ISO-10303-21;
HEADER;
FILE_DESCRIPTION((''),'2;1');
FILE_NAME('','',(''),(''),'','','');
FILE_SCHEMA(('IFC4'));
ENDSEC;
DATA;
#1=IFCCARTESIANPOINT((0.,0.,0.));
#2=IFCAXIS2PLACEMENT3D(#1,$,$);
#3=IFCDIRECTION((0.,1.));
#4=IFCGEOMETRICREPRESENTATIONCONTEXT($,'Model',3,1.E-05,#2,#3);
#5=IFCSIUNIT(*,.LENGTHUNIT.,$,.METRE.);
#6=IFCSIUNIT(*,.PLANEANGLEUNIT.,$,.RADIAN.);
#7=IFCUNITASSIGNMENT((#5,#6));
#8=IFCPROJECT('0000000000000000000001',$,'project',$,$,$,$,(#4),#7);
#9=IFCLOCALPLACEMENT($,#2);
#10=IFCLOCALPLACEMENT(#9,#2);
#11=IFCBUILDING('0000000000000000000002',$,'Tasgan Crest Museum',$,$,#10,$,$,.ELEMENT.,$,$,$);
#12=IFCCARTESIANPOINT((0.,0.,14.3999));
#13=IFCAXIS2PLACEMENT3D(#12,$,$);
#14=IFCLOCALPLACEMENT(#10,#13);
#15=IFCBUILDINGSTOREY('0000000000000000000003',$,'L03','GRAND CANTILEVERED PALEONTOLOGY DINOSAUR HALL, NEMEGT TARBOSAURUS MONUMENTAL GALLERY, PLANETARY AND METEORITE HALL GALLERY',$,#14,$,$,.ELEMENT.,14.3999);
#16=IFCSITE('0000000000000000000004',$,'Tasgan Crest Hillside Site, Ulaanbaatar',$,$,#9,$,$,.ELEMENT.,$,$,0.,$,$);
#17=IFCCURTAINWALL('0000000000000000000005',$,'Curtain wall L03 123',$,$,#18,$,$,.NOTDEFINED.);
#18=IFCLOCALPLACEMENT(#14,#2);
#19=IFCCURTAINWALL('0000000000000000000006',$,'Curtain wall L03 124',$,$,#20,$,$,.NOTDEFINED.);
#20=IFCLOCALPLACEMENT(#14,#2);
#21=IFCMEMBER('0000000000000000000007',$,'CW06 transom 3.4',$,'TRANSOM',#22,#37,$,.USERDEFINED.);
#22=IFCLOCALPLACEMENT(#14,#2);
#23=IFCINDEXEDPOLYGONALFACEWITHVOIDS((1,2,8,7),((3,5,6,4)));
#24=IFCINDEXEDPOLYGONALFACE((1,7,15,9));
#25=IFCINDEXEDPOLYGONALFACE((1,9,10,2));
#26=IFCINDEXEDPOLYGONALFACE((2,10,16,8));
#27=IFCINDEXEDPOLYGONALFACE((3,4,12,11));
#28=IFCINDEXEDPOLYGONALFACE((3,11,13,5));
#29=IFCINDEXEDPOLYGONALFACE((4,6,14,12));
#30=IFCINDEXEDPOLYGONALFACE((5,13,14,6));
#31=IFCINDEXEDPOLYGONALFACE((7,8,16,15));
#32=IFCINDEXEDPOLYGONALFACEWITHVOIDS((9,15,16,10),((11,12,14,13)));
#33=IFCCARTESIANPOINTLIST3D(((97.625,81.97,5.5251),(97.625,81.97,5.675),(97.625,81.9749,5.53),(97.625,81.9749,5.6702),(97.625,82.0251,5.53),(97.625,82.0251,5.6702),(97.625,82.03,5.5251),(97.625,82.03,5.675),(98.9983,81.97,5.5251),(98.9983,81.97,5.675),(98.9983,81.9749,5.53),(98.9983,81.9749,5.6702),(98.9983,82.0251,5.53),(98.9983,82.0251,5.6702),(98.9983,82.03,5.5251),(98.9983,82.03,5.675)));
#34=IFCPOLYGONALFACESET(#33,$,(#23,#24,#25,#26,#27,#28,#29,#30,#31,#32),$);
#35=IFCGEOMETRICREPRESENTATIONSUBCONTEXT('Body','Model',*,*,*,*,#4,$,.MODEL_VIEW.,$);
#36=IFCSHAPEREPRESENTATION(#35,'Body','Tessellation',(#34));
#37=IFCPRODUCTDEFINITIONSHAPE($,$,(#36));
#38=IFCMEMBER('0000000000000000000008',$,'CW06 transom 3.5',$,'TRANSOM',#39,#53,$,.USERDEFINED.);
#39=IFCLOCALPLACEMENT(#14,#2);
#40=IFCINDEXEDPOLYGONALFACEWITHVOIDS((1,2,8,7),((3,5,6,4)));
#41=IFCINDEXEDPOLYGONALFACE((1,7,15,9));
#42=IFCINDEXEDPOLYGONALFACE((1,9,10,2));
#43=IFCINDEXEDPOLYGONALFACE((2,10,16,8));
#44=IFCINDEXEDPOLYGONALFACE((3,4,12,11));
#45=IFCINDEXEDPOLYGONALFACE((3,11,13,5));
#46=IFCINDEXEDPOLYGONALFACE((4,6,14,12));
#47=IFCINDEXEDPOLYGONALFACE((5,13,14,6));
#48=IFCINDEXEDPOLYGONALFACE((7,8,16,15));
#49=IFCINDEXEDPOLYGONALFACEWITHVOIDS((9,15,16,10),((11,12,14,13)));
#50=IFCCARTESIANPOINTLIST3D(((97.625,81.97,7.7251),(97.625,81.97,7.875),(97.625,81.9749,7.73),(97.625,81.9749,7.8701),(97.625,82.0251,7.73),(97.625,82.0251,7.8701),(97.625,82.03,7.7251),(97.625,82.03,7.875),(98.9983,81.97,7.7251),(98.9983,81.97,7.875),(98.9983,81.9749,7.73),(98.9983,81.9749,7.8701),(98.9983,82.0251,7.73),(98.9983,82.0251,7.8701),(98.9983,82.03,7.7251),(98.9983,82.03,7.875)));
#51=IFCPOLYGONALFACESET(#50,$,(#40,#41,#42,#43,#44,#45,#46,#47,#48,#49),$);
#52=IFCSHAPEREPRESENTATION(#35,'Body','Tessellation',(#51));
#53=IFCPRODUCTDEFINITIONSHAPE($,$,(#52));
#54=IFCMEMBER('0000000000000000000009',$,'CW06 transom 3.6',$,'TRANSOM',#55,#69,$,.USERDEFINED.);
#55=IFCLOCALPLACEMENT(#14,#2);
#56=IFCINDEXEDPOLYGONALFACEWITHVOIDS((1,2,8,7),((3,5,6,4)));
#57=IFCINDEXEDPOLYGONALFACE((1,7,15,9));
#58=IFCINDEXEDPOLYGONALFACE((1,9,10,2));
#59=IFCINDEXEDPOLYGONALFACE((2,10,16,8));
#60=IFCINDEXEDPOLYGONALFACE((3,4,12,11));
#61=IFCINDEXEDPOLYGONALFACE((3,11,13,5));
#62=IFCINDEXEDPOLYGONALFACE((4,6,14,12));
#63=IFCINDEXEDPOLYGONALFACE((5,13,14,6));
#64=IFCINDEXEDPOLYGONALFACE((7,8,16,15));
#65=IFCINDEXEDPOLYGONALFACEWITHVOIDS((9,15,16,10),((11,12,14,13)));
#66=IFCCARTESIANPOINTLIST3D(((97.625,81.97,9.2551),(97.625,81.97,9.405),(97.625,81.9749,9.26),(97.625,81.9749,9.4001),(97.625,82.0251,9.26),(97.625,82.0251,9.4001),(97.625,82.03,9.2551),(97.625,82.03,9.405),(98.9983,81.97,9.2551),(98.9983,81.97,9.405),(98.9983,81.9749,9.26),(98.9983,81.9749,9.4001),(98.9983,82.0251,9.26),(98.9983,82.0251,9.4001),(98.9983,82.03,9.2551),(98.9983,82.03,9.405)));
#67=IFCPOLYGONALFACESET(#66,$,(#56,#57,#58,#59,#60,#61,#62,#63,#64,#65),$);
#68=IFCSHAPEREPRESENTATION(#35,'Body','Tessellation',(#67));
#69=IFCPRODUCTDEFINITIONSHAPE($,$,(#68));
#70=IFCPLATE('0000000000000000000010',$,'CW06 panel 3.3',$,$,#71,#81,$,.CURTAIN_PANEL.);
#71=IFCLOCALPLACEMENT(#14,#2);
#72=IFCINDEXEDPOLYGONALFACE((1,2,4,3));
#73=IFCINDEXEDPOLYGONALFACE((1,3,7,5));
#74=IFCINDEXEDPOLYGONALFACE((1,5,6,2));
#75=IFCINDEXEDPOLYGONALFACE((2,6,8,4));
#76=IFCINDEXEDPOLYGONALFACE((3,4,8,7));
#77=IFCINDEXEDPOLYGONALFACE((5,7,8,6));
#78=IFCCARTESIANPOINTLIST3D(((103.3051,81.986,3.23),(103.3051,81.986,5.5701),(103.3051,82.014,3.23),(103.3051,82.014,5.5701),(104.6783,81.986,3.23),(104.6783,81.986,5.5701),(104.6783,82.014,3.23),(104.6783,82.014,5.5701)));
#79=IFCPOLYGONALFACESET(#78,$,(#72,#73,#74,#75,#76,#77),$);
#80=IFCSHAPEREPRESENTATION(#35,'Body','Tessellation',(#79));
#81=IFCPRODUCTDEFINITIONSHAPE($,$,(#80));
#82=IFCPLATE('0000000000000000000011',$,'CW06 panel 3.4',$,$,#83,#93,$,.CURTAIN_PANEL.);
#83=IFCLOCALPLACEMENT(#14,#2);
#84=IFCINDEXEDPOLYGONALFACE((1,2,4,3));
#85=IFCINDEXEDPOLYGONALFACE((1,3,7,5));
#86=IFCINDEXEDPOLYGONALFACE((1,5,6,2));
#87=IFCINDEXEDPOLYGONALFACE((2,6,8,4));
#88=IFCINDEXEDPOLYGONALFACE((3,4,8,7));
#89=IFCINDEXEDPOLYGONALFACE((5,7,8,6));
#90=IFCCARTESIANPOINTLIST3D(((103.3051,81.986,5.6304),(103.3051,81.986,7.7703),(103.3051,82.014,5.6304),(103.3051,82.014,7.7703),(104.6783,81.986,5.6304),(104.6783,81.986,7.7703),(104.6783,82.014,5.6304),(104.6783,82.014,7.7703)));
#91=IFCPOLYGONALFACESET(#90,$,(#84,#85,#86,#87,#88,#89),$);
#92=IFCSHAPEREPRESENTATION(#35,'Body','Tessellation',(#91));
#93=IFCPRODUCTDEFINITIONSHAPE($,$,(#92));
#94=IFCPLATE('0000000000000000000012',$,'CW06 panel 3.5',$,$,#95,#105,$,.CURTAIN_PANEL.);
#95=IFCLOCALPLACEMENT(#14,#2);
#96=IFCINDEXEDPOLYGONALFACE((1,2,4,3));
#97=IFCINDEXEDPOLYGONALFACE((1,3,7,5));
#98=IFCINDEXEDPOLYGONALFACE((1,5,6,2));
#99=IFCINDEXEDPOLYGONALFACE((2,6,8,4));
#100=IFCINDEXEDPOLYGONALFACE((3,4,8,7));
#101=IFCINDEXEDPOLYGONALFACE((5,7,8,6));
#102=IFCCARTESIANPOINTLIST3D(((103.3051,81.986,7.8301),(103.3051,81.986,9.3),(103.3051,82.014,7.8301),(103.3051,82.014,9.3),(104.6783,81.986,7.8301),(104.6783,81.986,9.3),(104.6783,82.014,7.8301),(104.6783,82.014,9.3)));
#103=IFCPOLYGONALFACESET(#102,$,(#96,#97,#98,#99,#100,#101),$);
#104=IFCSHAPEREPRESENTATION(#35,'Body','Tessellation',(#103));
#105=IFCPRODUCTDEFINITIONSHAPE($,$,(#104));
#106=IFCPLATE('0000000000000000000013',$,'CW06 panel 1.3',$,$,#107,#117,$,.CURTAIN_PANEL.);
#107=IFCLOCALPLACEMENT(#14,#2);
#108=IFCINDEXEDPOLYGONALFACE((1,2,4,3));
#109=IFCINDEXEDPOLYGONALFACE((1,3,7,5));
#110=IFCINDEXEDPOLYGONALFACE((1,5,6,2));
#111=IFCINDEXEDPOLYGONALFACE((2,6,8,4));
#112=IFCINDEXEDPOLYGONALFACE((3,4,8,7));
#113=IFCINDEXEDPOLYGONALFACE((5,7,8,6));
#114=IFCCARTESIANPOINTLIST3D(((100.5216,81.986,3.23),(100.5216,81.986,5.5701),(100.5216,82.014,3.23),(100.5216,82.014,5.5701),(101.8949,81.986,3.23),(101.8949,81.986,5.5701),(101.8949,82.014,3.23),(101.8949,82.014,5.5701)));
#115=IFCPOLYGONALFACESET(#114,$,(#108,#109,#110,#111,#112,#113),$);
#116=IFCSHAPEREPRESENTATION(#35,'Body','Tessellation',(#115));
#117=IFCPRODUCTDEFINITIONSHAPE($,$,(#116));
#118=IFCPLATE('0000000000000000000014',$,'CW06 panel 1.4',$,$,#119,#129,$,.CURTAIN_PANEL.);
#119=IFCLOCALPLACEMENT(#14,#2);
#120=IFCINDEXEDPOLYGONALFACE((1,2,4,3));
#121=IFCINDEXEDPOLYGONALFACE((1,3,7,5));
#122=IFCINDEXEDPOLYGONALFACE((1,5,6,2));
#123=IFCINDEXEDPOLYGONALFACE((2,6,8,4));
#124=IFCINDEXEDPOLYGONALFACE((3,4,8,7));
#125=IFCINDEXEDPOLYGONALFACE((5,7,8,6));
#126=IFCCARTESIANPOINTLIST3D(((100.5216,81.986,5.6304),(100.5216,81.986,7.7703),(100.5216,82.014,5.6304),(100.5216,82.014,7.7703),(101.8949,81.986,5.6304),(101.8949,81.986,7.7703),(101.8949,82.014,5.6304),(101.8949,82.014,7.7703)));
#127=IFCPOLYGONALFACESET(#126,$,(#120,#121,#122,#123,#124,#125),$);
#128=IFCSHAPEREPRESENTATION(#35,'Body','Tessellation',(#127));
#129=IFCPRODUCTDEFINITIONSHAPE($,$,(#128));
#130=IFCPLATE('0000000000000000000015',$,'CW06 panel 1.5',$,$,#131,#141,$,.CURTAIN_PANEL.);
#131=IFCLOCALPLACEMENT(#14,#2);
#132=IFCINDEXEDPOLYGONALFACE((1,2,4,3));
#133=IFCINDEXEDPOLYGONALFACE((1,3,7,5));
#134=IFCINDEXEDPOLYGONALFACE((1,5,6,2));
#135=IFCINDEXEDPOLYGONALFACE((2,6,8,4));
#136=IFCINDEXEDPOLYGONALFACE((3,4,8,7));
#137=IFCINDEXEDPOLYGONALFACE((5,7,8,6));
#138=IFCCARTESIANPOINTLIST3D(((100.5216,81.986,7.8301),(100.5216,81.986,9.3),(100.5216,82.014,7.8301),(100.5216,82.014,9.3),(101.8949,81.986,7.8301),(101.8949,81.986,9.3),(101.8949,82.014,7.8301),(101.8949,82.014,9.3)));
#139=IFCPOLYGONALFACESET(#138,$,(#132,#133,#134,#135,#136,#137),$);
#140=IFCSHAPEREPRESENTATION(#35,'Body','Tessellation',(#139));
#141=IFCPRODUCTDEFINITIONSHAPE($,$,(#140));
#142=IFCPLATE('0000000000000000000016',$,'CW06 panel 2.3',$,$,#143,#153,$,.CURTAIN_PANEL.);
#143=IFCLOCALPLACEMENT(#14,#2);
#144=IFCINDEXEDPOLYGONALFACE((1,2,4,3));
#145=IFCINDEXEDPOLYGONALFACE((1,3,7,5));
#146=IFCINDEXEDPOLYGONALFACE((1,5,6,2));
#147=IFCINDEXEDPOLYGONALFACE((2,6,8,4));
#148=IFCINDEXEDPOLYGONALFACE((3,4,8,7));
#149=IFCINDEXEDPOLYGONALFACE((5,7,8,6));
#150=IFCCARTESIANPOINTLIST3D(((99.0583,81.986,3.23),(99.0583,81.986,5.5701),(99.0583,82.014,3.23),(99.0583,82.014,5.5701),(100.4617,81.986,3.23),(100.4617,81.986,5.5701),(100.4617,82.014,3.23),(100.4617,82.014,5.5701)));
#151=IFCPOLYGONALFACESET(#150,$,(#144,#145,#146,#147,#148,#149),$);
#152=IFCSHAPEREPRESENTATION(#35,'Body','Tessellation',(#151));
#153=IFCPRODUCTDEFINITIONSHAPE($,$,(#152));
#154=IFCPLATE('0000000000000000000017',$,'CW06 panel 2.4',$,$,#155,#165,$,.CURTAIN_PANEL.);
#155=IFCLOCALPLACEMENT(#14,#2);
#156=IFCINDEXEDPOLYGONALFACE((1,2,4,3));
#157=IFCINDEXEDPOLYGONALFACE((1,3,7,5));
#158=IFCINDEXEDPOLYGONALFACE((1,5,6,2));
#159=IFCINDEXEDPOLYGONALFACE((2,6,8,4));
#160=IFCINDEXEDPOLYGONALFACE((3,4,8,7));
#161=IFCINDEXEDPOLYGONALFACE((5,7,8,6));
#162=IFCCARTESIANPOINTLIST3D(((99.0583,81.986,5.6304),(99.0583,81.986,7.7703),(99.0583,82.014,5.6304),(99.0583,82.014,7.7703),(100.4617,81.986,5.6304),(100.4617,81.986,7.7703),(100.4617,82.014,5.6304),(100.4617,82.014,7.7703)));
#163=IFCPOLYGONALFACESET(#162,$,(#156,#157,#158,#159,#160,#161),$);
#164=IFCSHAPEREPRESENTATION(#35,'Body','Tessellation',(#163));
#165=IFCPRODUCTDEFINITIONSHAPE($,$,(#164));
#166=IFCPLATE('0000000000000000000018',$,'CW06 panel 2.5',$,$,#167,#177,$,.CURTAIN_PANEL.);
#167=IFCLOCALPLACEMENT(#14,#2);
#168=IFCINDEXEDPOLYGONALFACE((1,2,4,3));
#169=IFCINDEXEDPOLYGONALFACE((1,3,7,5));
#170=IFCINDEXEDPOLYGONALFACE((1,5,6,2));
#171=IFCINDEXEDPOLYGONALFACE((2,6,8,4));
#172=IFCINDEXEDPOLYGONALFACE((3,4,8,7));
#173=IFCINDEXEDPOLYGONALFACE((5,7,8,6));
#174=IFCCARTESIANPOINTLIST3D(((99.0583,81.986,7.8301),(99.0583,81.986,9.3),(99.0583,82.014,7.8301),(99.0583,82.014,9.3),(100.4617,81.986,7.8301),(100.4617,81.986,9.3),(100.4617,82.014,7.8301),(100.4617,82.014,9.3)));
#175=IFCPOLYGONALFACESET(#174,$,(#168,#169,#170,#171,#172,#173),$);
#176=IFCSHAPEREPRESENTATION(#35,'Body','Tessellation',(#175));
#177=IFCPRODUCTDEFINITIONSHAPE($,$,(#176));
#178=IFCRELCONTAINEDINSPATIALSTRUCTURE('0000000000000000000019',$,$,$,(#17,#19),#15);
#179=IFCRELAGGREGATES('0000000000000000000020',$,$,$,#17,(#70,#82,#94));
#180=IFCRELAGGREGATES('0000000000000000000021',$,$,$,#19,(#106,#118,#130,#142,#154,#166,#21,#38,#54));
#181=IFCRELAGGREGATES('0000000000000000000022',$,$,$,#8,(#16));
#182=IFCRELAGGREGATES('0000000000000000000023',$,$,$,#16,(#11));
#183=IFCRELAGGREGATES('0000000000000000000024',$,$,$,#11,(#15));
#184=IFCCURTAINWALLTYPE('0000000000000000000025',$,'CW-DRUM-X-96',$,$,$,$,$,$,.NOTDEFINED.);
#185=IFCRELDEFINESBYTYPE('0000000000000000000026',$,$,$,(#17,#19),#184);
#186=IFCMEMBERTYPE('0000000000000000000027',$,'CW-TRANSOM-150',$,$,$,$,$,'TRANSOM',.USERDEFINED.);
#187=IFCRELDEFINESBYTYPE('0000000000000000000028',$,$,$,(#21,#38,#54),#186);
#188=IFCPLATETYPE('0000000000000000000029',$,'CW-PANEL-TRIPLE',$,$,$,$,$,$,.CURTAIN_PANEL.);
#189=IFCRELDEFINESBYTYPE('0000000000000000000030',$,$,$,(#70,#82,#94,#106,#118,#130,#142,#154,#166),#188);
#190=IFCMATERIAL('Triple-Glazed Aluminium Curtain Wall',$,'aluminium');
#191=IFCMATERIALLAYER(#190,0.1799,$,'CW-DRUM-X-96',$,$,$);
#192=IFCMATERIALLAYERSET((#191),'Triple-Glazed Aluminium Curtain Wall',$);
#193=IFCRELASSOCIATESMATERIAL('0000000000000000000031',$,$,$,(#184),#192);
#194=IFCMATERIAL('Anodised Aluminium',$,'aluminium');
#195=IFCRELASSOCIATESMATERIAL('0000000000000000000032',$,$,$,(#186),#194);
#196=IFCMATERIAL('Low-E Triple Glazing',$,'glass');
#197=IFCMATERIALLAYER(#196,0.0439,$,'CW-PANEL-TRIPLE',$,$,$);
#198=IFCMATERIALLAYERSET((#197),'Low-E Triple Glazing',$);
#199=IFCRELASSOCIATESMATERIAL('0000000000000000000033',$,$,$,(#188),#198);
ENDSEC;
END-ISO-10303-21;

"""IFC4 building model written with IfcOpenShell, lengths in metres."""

from ifc_helpers import new_model, si_unit, direction, frame, origin, origin_2d, place, context, subcontext, project, spatial, rectangle, hollow_rectangle, extrude, material, layer, layer_set, material_profile, profile_set, type_object, element, aggregate, save


model = new_model("IFC4")

# Units and contexts
model_context = context("Model", 3, precision=1e-05, world=origin(), true_north=direction((0.0, 1.0)))
body_context = subcontext(model_context, "Body", "Model", "MODEL_VIEW")
ifc_project = project(units=[si_unit("LENGTHUNIT", "METRE"), si_unit("PLANEANGLEUNIT", "RADIAN")], contexts=[model_context])

# Site, building, storey
site_placement = place(None, origin())
site = spatial("IfcSite", under=ifc_project, at=site_placement, Name="Tasgan Crest Hillside Site, Ulaanbaatar", CompositionType="ELEMENT", RefElevation=0.0)
building_placement = place(site_placement, origin())
building = spatial("IfcBuilding", under=site, at=building_placement, Name="Tasgan Crest Museum", CompositionType="ELEMENT")
storey_placement = place(building_placement, frame((0.0, 0.0, 14.3999)))
storey = spatial("IfcBuildingStorey", under=building, at=storey_placement, Name="L03", Description="GRAND CANTILEVERED PALEONTOLOGY DINOSAUR HALL, NEMEGT TARBOSAURUS MONUMENTAL GALLERY, PLANETARY AND METEORITE HALL GALLERY", CompositionType="ELEMENT", Elevation=14.3999)

# Curtain walls, members
ifc_material_1 = material(Name="Triple-Glazed Aluminium Curtain Wall", Category="aluminium")
ifc_layer_1 = layer(ifc_material_1, 0.1799, Name="CW-DRUM-X-96")
ifc_layer_set_1 = layer_set([ifc_layer_1], Name="Triple-Glazed Aluminium Curtain Wall")
curtain_wall_type = type_object("IfcCurtainWallType", Name="CW-DRUM-X-96", PredefinedType="NOTDEFINED", material=ifc_layer_set_1)
curtain_wall_1_placement = place(storey_placement, origin())
curtain_wall_1 = element("IfcCurtainWall", 1, at=curtain_wall_1_placement, inside=storey, type_object=curtain_wall_type, Name="Curtain wall L03 123", PredefinedType="NOTDEFINED")
ifc_material_2 = material(Name="Anodised Aluminium", Category="aluminium")
ifc_material_profile = material_profile(ifc_material_2, hollow_rectangle(XDim=0.0601, YDim=0.1499, WallThickness=0.0049, at=origin_2d()), Name="ALU TRANSOM 150x60x5")
ifc_profile_set = profile_set([ifc_material_profile], Name="Anodised Aluminium")
member_type = type_object("IfcMemberType", Name="CW-TRANSOM-150", ElementType="TRANSOM", PredefinedType="USERDEFINED", material=ifc_profile_set)
curtain_wall_2_placement = place(storey_placement, origin())
curtain_wall_2 = element("IfcCurtainWall", 2, at=curtain_wall_2_placement, inside=storey, type_object=curtain_wall_type, Name="Curtain wall L03 124", PredefinedType="NOTDEFINED")
member_1_placement = place(storey_placement, frame((98.9983, 82.0, 5.6001), z_axis=(-1.0, 0.0, 0.0), x_axis=(0.0, -1.0, 0.0)))
member_1 = element("IfcMember", 3, at=member_1_placement, type_object=member_type, Name="CW06 transom 3.4", ObjectType="TRANSOM", PredefinedType="USERDEFINED", context=body_context, shape_type="SweptSolid", body=[
    extrude(hollow_rectangle(XDim=0.0601, YDim=0.1499, WallThickness=0.0049, at=origin_2d()), origin(), (0.0, 0.0, 1.0), 1.3733),
])
member_2_placement = place(storey_placement, frame((98.9983, 82.0, 7.8), z_axis=(-1.0, 0.0, 0.0), x_axis=(0.0, -1.0, 0.0)))
member_2 = element("IfcMember", 4, at=member_2_placement, type_object=member_type, Name="CW06 transom 3.5", ObjectType="TRANSOM", PredefinedType="USERDEFINED", context=body_context, shape_type="SweptSolid", body=[
    extrude(hollow_rectangle(XDim=0.0601, YDim=0.1499, WallThickness=0.0049, at=origin_2d()), origin(), (0.0, 0.0, 1.0), 1.3733),
])
member_3_placement = place(storey_placement, frame((98.9983, 82.0, 9.3301), z_axis=(-1.0, 0.0, 0.0), x_axis=(0.0, -1.0, 0.0)))
member_3 = element("IfcMember", 5, at=member_3_placement, type_object=member_type, Name="CW06 transom 3.6", ObjectType="TRANSOM", PredefinedType="USERDEFINED", context=body_context, shape_type="SweptSolid", body=[
    extrude(hollow_rectangle(XDim=0.0601, YDim=0.1499, WallThickness=0.0049, at=origin_2d()), origin(), (0.0, 0.0, 1.0), 1.3733),
])

# Plates
ifc_material_3 = material(Name="Low-E Triple Glazing", Category="glass")
ifc_layer_2 = layer(ifc_material_3, 0.0439, Name="CW-PANEL-TRIPLE")
ifc_layer_set_2 = layer_set([ifc_layer_2], Name="Low-E Triple Glazing")
plate_type = type_object("IfcPlateType", Name="CW-PANEL-TRIPLE", PredefinedType="CURTAIN_PANEL", material=ifc_layer_set_2)
plate_1_placement = place(storey_placement, frame((103.9917, 82.0, 3.23), z_axis=(0.0, 0.0, 1.0), x_axis=(-1.0, 0.0, 0.0)))
plate_1 = element("IfcPlate", 6, at=plate_1_placement, type_object=plate_type, Name="CW06 panel 3.3", PredefinedType="CURTAIN_PANEL", context=body_context, shape_type="SweptSolid", body=[
    extrude(rectangle(XDim=1.3733, YDim=0.0281, at=origin_2d()), origin(), (0.0, 0.0, 1.0), 2.3401),
])
plate_2_placement = place(storey_placement, frame((103.9917, 82.0, 5.6304), z_axis=(0.0, 0.0, 1.0), x_axis=(-1.0, 0.0, 0.0)))
plate_2 = element("IfcPlate", 7, at=plate_2_placement, type_object=plate_type, Name="CW06 panel 3.4", PredefinedType="CURTAIN_PANEL", context=body_context, shape_type="SweptSolid", body=[
    extrude(rectangle(XDim=1.3733, YDim=0.0281, at=origin_2d()), origin(), (0.0, 0.0, 1.0), 2.1399),
])
plate_3_placement = place(storey_placement, frame((103.9917, 82.0, 7.8301), z_axis=(0.0, 0.0, 1.0), x_axis=(-1.0, 0.0, 0.0)))
plate_3 = element("IfcPlate", 8, at=plate_3_placement, type_object=plate_type, Name="CW06 panel 3.5", PredefinedType="CURTAIN_PANEL", context=body_context, shape_type="SweptSolid", body=[
    extrude(rectangle(XDim=1.3733, YDim=0.0281, at=origin_2d()), origin(), (0.0, 0.0, 1.0), 1.47),
])
aggregate(curtain_wall_1, [plate_1, plate_2, plate_3])
plate_4_placement = place(storey_placement, frame((101.2083, 82.0, 3.23), z_axis=(0.0, 0.0, 1.0), x_axis=(-1.0, 0.0, 0.0)))
plate_4 = element("IfcPlate", 9, at=plate_4_placement, type_object=plate_type, Name="CW06 panel 1.3", PredefinedType="CURTAIN_PANEL", context=body_context, shape_type="SweptSolid", body=[
    extrude(rectangle(XDim=1.3733, YDim=0.0281, at=origin_2d()), origin(), (0.0, 0.0, 1.0), 2.3401),
])
plate_5_placement = place(storey_placement, frame((101.2083, 82.0, 5.6304), z_axis=(0.0, 0.0, 1.0), x_axis=(-1.0, 0.0, 0.0)))
plate_5 = element("IfcPlate", 10, at=plate_5_placement, type_object=plate_type, Name="CW06 panel 1.4", PredefinedType="CURTAIN_PANEL", context=body_context, shape_type="SweptSolid", body=[
    extrude(rectangle(XDim=1.3733, YDim=0.0281, at=origin_2d()), origin(), (0.0, 0.0, 1.0), 2.1399),
])
plate_6_placement = place(storey_placement, frame((101.2083, 82.0, 7.8301), z_axis=(0.0, 0.0, 1.0), x_axis=(-1.0, 0.0, 0.0)))
plate_6 = element("IfcPlate", 11, at=plate_6_placement, type_object=plate_type, Name="CW06 panel 1.5", PredefinedType="CURTAIN_PANEL", context=body_context, shape_type="SweptSolid", body=[
    extrude(rectangle(XDim=1.3733, YDim=0.0281, at=origin_2d()), origin(), (0.0, 0.0, 1.0), 1.47),
])
plate_7_placement = place(storey_placement, frame((99.76, 82.0, 3.23), z_axis=(0.0, 0.0, 1.0), x_axis=(-1.0, 0.0, 0.0)))
plate_7 = element("IfcPlate", 12, at=plate_7_placement, type_object=plate_type, Name="CW06 panel 2.3", PredefinedType="CURTAIN_PANEL", context=body_context, shape_type="SweptSolid", body=[
    extrude(rectangle(XDim=1.4033, YDim=0.0281, at=origin_2d()), origin(), (0.0, 0.0, 1.0), 2.3401),
])
plate_8_placement = place(storey_placement, frame((99.76, 82.0, 5.6304), z_axis=(0.0, 0.0, 1.0), x_axis=(-1.0, 0.0, 0.0)))
plate_8 = element("IfcPlate", 13, at=plate_8_placement, type_object=plate_type, Name="CW06 panel 2.4", PredefinedType="CURTAIN_PANEL", context=body_context, shape_type="SweptSolid", body=[
    extrude(rectangle(XDim=1.4033, YDim=0.0281, at=origin_2d()), origin(), (0.0, 0.0, 1.0), 2.1399),
])
plate_9_placement = place(storey_placement, frame((99.76, 82.0, 7.8301), z_axis=(0.0, 0.0, 1.0), x_axis=(-1.0, 0.0, 0.0)))
plate_9 = element("IfcPlate", 14, at=plate_9_placement, type_object=plate_type, Name="CW06 panel 2.5", PredefinedType="CURTAIN_PANEL", context=body_context, shape_type="SweptSolid", body=[
    extrude(rectangle(XDim=1.4033, YDim=0.0281, at=origin_2d()), origin(), (0.0, 0.0, 1.0), 1.47),
])
aggregate(curtain_wall_2, [plate_4, plate_5, plate_6, plate_7, plate_8, plate_9, member_1, member_2, member_3])

save(model, "model.ifc")
